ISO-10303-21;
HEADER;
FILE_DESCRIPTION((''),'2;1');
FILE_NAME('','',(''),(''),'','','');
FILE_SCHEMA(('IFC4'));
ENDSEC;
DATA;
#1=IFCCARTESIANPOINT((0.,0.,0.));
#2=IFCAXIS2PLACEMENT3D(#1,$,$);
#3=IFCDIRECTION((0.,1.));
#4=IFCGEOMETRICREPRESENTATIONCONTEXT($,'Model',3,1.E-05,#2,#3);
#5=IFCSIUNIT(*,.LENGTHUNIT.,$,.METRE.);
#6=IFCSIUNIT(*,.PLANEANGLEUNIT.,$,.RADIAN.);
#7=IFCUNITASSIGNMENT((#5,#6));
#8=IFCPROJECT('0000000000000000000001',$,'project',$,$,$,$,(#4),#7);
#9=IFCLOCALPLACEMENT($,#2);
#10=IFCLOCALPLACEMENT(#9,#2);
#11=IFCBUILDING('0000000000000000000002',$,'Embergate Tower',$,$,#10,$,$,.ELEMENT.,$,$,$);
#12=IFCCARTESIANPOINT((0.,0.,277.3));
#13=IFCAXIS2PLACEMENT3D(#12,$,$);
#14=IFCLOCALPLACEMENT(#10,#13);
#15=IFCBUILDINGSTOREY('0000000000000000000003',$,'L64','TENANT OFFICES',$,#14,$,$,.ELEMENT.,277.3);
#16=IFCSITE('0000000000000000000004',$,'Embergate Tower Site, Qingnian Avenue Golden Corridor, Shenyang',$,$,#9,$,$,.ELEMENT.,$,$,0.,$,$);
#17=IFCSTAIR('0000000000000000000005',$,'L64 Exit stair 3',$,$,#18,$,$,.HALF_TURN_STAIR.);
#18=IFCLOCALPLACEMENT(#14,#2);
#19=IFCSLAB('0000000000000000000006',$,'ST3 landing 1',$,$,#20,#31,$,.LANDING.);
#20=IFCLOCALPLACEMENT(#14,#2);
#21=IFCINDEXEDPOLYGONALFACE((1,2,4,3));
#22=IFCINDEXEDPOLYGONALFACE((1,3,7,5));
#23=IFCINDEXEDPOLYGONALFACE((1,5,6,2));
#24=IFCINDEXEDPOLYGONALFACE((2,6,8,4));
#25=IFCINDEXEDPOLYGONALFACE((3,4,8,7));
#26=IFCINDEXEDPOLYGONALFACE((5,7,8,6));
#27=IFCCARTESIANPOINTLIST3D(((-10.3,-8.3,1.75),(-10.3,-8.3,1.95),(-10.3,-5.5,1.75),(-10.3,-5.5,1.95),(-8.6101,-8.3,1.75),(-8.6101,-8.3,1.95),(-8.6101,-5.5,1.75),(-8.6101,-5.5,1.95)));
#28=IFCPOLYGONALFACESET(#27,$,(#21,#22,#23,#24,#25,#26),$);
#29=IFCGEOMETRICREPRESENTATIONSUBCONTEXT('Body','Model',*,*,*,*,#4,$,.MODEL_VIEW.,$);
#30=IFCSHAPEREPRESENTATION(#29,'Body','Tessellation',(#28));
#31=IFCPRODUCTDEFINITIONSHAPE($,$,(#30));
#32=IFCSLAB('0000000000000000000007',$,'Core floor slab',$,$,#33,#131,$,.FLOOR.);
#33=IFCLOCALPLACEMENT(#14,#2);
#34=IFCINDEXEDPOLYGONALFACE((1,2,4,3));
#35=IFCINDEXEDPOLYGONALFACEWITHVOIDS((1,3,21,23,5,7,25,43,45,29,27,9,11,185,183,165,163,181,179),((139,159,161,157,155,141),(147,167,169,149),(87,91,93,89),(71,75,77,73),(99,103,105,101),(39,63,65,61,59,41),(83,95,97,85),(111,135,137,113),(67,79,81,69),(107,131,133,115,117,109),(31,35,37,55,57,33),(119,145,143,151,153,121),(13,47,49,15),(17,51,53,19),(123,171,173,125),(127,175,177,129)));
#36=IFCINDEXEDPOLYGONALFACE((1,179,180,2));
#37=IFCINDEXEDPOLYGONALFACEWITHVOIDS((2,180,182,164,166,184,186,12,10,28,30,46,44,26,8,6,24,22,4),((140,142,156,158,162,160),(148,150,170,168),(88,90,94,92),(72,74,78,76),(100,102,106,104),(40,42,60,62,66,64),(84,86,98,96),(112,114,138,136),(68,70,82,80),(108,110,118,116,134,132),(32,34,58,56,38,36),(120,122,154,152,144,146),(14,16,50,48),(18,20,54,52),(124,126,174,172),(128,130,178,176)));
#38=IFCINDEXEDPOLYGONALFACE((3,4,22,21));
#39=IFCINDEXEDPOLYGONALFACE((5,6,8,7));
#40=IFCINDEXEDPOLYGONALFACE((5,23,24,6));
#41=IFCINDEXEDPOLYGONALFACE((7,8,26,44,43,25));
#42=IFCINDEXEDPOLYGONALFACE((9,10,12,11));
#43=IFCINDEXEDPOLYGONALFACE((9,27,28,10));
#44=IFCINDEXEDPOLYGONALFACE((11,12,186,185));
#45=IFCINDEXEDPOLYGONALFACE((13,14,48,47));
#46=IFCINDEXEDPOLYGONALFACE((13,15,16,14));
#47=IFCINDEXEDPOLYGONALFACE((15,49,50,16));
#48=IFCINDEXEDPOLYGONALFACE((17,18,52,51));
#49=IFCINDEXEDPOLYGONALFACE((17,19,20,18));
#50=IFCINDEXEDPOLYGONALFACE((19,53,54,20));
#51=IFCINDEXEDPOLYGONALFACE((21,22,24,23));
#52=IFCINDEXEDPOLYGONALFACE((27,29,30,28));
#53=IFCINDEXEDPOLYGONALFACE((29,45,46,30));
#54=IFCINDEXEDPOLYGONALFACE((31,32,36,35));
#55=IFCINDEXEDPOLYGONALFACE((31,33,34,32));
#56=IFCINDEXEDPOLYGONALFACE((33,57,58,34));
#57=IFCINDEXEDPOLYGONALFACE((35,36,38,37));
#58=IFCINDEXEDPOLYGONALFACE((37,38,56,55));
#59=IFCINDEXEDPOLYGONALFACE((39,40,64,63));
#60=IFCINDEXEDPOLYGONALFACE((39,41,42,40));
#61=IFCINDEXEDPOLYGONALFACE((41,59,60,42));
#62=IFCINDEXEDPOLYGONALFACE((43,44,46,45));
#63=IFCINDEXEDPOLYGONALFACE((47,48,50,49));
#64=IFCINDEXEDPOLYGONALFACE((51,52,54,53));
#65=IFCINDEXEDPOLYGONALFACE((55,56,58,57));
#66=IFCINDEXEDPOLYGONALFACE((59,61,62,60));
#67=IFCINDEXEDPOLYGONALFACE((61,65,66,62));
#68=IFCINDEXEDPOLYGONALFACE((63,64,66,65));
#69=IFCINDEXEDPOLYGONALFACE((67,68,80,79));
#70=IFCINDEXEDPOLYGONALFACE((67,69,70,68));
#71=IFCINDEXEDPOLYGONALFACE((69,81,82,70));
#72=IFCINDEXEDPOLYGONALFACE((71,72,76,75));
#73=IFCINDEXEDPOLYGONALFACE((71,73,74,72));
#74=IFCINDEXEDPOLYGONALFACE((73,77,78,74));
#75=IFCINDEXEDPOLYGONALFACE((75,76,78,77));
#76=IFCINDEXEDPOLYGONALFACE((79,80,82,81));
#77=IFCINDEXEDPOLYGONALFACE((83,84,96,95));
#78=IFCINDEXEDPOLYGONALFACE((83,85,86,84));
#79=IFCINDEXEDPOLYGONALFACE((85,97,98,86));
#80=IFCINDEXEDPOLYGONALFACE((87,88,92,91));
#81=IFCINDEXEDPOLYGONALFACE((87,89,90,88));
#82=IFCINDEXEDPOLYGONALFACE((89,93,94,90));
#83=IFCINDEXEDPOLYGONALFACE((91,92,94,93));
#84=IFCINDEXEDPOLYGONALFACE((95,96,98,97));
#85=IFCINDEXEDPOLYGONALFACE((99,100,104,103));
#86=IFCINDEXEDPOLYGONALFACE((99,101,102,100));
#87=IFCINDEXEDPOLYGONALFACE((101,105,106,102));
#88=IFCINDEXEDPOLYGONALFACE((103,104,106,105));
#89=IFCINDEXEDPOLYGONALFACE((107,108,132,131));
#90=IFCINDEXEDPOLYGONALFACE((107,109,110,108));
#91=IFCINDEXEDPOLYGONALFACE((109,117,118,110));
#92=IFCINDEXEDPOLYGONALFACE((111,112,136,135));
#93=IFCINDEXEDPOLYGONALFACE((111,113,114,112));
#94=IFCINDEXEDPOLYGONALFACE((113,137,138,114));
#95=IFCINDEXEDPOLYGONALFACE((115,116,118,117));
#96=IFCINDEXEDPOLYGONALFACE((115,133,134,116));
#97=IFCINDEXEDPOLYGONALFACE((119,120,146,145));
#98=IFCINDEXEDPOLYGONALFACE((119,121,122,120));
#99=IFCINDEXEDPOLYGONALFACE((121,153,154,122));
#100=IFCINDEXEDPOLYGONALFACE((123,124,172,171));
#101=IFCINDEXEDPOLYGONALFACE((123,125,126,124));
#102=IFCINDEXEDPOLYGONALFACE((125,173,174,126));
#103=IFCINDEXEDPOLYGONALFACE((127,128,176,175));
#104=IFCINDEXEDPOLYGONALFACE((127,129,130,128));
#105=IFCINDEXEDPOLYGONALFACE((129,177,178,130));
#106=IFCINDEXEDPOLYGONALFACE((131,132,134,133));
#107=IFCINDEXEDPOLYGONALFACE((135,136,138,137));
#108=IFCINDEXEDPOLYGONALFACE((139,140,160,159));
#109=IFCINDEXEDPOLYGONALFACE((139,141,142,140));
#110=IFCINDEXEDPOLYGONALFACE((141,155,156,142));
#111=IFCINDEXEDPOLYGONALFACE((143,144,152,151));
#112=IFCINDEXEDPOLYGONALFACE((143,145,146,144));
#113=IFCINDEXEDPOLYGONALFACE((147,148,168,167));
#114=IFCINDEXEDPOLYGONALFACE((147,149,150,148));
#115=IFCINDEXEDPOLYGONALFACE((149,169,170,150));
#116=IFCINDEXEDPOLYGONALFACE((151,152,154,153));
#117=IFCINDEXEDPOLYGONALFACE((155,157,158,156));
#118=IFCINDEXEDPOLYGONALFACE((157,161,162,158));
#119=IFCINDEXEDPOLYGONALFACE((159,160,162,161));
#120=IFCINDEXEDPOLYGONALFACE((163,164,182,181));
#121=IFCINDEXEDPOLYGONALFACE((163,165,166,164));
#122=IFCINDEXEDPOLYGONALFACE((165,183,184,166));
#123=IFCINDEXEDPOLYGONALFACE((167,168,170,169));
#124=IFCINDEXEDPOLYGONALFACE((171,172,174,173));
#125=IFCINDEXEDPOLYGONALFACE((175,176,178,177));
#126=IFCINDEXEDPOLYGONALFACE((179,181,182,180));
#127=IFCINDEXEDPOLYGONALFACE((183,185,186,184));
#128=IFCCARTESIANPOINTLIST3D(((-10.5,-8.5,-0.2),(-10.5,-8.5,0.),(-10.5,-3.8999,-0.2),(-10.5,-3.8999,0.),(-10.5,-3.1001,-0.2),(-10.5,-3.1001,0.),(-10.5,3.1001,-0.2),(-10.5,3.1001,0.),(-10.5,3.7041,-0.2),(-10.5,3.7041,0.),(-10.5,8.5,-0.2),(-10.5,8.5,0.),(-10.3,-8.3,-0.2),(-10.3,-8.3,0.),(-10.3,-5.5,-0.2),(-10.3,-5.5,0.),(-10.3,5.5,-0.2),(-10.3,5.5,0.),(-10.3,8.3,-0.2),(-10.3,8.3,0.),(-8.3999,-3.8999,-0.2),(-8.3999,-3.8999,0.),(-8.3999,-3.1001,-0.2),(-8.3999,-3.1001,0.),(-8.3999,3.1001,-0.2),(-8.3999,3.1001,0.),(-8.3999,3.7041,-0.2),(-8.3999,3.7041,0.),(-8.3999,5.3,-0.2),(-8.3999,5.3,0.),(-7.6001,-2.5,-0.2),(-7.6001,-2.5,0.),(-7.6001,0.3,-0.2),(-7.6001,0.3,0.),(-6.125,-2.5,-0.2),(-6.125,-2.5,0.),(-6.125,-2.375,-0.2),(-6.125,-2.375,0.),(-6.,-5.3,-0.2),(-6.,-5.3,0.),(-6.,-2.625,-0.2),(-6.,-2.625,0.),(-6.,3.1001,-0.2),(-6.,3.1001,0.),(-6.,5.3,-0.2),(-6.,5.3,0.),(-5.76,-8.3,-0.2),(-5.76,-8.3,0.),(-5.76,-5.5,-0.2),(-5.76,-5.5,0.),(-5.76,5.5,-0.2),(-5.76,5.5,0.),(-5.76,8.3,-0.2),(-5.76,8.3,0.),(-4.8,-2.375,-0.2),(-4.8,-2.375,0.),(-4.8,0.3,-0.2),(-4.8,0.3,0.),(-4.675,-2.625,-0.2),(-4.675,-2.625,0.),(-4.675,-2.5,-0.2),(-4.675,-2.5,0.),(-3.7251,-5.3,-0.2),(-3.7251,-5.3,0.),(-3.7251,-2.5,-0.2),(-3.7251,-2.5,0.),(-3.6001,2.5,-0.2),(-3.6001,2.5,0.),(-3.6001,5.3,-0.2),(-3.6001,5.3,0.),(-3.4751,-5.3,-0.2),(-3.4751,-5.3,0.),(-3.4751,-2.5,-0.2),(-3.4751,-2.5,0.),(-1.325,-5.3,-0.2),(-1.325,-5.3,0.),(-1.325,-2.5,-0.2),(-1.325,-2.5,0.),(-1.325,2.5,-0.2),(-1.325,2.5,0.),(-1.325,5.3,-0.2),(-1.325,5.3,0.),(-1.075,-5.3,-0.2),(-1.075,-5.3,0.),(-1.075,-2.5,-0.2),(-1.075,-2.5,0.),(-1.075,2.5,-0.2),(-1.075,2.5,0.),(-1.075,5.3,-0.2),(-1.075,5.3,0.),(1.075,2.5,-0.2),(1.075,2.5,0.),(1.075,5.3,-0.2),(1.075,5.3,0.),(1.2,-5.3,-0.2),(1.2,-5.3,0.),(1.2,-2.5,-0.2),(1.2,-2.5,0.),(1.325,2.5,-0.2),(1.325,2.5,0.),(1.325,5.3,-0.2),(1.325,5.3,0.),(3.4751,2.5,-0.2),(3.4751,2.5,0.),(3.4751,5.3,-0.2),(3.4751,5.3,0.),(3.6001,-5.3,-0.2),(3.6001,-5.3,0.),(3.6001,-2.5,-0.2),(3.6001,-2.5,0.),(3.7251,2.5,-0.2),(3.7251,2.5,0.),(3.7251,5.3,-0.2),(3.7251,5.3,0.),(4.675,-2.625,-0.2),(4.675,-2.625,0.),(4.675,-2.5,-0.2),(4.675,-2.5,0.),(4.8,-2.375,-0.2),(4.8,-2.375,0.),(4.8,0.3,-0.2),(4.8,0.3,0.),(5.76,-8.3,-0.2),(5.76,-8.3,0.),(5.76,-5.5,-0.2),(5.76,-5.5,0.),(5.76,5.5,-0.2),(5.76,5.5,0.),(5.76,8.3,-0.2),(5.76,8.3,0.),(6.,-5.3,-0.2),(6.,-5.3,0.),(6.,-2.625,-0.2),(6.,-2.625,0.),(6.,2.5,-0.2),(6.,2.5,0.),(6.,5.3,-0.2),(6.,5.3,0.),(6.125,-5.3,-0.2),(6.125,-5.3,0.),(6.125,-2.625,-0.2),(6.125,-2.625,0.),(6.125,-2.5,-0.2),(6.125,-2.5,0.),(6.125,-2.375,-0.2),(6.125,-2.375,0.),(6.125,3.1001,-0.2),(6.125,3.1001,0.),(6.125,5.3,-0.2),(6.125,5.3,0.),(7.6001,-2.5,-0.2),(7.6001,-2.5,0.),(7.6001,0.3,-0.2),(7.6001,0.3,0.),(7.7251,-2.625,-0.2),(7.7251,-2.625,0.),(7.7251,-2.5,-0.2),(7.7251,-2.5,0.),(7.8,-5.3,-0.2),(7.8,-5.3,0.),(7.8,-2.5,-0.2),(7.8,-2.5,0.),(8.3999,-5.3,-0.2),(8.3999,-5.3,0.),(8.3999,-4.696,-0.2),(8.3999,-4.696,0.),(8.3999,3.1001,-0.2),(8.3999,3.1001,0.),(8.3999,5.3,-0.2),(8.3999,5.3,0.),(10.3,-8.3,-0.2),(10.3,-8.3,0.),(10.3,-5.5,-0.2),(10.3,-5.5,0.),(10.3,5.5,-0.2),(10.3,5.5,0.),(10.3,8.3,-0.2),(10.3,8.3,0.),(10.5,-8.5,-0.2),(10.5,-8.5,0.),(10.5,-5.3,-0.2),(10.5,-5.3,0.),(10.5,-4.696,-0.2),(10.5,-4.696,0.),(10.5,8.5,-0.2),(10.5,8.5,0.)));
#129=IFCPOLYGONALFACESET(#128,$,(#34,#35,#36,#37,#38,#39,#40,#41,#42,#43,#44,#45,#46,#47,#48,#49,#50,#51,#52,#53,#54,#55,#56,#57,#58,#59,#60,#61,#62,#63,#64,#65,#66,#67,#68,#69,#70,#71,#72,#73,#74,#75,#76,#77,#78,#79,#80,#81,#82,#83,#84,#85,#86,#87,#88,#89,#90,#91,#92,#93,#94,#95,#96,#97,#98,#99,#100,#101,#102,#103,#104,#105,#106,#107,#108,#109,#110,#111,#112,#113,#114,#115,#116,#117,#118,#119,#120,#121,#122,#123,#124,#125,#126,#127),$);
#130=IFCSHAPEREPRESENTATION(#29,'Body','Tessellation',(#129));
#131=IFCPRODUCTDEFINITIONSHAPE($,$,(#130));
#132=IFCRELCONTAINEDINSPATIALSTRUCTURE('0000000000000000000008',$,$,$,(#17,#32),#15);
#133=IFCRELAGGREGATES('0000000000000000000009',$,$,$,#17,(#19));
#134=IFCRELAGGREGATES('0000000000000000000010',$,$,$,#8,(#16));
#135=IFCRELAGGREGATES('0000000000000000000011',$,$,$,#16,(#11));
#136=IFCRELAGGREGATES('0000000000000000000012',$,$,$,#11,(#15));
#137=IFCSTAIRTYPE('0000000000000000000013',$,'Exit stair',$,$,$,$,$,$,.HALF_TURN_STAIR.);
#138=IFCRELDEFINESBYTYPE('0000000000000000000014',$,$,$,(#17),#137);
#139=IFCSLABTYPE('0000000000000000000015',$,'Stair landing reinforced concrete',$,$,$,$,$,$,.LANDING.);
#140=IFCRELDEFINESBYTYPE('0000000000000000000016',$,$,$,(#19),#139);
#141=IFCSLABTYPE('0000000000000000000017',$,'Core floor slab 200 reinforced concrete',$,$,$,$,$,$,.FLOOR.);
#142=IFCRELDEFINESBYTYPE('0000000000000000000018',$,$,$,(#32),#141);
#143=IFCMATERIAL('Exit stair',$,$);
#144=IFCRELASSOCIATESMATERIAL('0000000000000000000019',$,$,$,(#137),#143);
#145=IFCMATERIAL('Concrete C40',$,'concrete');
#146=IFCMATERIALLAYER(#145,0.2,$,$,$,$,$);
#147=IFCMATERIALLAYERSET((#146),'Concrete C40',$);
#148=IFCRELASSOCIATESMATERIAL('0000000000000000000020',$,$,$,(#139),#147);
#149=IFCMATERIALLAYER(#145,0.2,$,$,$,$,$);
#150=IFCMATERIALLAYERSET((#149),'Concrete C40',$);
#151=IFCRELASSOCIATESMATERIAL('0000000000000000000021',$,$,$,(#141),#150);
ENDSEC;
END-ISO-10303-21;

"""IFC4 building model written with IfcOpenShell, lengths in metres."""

from ifc_helpers import new_model, si_unit, direction, frame, origin, place, context, subcontext, project, spatial, polyline, outline, extrude, source, transform, mapped, material, layer, layer_set, type_object, element, aggregate, save


model = new_model("IFC4")

# Units and contexts
model_context = context("Model", 3, precision=1e-05, world=origin(), true_north=direction((0.0, 1.0)))
body_context = subcontext(model_context, "Body", "Model", "MODEL_VIEW")
ifc_project = project(units=[si_unit("LENGTHUNIT", "METRE"), si_unit("PLANEANGLEUNIT", "RADIAN")], contexts=[model_context])

# Site, building, storey
site_placement = place(None, origin())
site = spatial("IfcSite", under=ifc_project, at=site_placement, Name="Embergate Tower Site, Qingnian Avenue Golden Corridor, Shenyang", CompositionType="ELEMENT", RefElevation=0.0)
building_placement = place(site_placement, origin())
building = spatial("IfcBuilding", under=site, at=building_placement, Name="Embergate Tower", CompositionType="ELEMENT")
storey_placement = place(building_placement, frame((0.0, 0.0, 277.3)))
storey = spatial("IfcBuildingStorey", under=building, at=storey_placement, Name="L64", Description="TENANT OFFICES", CompositionType="ELEMENT", Elevation=277.3)

# Stair, slab
ifc_material_1 = material(Name="Exit stair")
stair_type = type_object("IfcStairType", Name="Exit stair", PredefinedType="HALF_TURN_STAIR", material=ifc_material_1)
stair_placement = place(storey_placement, origin())
stair = element("IfcStair", 1, at=stair_placement, inside=storey, type_object=stair_type, Name="L64 Exit stair 3", PredefinedType="HALF_TURN_STAIR")
ifc_material_2 = material(Name="Concrete C40", Category="concrete")
ifc_layer_1 = layer(ifc_material_2, 0.2)
ifc_layer_set_1 = layer_set([ifc_layer_1], Name="Concrete C40")
slab_type_1 = type_object("IfcSlabType", Name="Stair landing reinforced concrete", PredefinedType="LANDING", material=ifc_layer_set_1)
shared_shape_1 = source(origin(), body_context, "Body", "SweptSolid", [
    extrude(outline(polyline([(0.0, 0.0), (1.6899, 0.0), (1.6899, 2.8), (0.0, 2.8), (0.0, 0.0)])), origin(), (0.0, 0.0, 1.0), 0.2),
])
slab_1_placement = place(storey_placement, frame((-10.3, -8.3, 1.75)))
slab_1 = element("IfcSlab", 2, at=slab_1_placement, type_object=slab_type_1, Name="ST3 landing 1", PredefinedType="LANDING", context=body_context, shape_type="MappedRepresentation", body=[
    mapped(shared_shape_1, transform((0.0, 0.0, 0.0))),
])

# Slab
ifc_layer_2 = layer(ifc_material_2, 0.2)
ifc_layer_set_2 = layer_set([ifc_layer_2], Name="Concrete C40")
slab_type_2 = type_object("IfcSlabType", Name="Core floor slab 200 reinforced concrete", PredefinedType="FLOOR", material=ifc_layer_set_2)
shared_shape_2 = source(origin(), body_context, "Body", "SweptSolid", [
    extrude(outline(polyline([(0.0, 0.0), (21.0, 0.0), (21.0, 3.2), (18.8999, 3.2), (18.8999, 3.804), (21.0, 3.804), (21.0, 17.0), (0.0, 17.0), (0.0, 12.2041), (2.1001, 12.2041), (2.1001, 13.8), (4.5, 13.8), (4.5, 11.6001), (2.1001, 11.6001), (0.0, 11.6001), (0.0, 5.3999), (2.1001, 5.3999), (2.1001, 4.6001), (0.0, 4.6001), (0.0, 0.0)]), holes=[polyline([(0.2, 0.2), (0.2, 3.0), (4.74, 3.0), (4.74, 0.2), (0.2, 0.2)]), polyline([(16.26, 0.2), (16.26, 3.0), (20.8, 3.0), (20.8, 0.2), (16.26, 0.2)]), polyline([(4.5, 3.2), (4.5, 5.875), (5.825, 5.875), (5.825, 6.0), (6.7749, 6.0), (6.7749, 3.2), (4.5, 3.2)]), polyline([(7.0249, 3.2), (7.0249, 6.0), (9.175, 6.0), (9.175, 3.2), (7.0249, 3.2)]), polyline([(9.425, 3.2), (9.425, 6.0), (11.7, 6.0), (11.7, 3.2), (9.425, 3.2)]), polyline([(14.1001, 3.2), (14.1001, 6.0), (15.175, 6.0), (15.175, 5.875), (16.5, 5.875), (16.5, 3.2), (14.1001, 3.2)]), polyline([(16.625, 3.2), (16.625, 5.875), (18.2251, 5.875), (18.2251, 6.0), (18.3, 6.0), (18.3, 3.2), (16.625, 3.2)]), polyline([(2.8999, 6.0), (2.8999, 8.8), (5.7, 8.8), (5.7, 6.125), (4.375, 6.125), (4.375, 6.0), (2.8999, 6.0)]), polyline([(16.625, 6.0), (16.625, 6.125), (15.3, 6.125), (15.3, 8.8), (18.1001, 8.8), (18.1001, 6.0), (16.625, 6.0)]), polyline([(6.8999, 11.0), (6.8999, 13.8), (9.175, 13.8), (9.175, 11.0), (6.8999, 11.0)]), polyline([(9.425, 11.0), (9.425, 13.8), (11.575, 13.8), (11.575, 11.0), (9.425, 11.0)]), polyline([(11.825, 11.0), (11.825, 13.8), (13.9751, 13.8), (13.9751, 11.0), (11.825, 11.0)]), polyline([(14.2251, 11.0), (14.2251, 13.8), (16.5, 13.8), (16.5, 11.0), (14.2251, 11.0)]), polyline([(16.625, 11.6001), (16.625, 13.8), (18.8999, 13.8), (18.8999, 11.6001), (16.625, 11.6001)]), polyline([(0.2, 14.0), (0.2, 16.8), (4.74, 16.8), (4.74, 14.0), (0.2, 14.0)]), polyline([(16.26, 14.0), (16.26, 16.8), (20.8, 16.8), (20.8, 14.0), (16.26, 14.0)])]), origin(), (0.0, 0.0, 1.0), 0.2),
])
slab_2_placement = place(storey_placement, frame((-10.5, -8.5, -0.2)))
element("IfcSlab", 3, at=slab_2_placement, inside=storey, type_object=slab_type_2, Name="Core floor slab", PredefinedType="FLOOR", context=body_context, shape_type="MappedRepresentation", body=[
    mapped(shared_shape_2, transform((0.0, 0.0, 0.0))),
])

aggregate(stair, [slab_1])

save(model, "model.ifc")
